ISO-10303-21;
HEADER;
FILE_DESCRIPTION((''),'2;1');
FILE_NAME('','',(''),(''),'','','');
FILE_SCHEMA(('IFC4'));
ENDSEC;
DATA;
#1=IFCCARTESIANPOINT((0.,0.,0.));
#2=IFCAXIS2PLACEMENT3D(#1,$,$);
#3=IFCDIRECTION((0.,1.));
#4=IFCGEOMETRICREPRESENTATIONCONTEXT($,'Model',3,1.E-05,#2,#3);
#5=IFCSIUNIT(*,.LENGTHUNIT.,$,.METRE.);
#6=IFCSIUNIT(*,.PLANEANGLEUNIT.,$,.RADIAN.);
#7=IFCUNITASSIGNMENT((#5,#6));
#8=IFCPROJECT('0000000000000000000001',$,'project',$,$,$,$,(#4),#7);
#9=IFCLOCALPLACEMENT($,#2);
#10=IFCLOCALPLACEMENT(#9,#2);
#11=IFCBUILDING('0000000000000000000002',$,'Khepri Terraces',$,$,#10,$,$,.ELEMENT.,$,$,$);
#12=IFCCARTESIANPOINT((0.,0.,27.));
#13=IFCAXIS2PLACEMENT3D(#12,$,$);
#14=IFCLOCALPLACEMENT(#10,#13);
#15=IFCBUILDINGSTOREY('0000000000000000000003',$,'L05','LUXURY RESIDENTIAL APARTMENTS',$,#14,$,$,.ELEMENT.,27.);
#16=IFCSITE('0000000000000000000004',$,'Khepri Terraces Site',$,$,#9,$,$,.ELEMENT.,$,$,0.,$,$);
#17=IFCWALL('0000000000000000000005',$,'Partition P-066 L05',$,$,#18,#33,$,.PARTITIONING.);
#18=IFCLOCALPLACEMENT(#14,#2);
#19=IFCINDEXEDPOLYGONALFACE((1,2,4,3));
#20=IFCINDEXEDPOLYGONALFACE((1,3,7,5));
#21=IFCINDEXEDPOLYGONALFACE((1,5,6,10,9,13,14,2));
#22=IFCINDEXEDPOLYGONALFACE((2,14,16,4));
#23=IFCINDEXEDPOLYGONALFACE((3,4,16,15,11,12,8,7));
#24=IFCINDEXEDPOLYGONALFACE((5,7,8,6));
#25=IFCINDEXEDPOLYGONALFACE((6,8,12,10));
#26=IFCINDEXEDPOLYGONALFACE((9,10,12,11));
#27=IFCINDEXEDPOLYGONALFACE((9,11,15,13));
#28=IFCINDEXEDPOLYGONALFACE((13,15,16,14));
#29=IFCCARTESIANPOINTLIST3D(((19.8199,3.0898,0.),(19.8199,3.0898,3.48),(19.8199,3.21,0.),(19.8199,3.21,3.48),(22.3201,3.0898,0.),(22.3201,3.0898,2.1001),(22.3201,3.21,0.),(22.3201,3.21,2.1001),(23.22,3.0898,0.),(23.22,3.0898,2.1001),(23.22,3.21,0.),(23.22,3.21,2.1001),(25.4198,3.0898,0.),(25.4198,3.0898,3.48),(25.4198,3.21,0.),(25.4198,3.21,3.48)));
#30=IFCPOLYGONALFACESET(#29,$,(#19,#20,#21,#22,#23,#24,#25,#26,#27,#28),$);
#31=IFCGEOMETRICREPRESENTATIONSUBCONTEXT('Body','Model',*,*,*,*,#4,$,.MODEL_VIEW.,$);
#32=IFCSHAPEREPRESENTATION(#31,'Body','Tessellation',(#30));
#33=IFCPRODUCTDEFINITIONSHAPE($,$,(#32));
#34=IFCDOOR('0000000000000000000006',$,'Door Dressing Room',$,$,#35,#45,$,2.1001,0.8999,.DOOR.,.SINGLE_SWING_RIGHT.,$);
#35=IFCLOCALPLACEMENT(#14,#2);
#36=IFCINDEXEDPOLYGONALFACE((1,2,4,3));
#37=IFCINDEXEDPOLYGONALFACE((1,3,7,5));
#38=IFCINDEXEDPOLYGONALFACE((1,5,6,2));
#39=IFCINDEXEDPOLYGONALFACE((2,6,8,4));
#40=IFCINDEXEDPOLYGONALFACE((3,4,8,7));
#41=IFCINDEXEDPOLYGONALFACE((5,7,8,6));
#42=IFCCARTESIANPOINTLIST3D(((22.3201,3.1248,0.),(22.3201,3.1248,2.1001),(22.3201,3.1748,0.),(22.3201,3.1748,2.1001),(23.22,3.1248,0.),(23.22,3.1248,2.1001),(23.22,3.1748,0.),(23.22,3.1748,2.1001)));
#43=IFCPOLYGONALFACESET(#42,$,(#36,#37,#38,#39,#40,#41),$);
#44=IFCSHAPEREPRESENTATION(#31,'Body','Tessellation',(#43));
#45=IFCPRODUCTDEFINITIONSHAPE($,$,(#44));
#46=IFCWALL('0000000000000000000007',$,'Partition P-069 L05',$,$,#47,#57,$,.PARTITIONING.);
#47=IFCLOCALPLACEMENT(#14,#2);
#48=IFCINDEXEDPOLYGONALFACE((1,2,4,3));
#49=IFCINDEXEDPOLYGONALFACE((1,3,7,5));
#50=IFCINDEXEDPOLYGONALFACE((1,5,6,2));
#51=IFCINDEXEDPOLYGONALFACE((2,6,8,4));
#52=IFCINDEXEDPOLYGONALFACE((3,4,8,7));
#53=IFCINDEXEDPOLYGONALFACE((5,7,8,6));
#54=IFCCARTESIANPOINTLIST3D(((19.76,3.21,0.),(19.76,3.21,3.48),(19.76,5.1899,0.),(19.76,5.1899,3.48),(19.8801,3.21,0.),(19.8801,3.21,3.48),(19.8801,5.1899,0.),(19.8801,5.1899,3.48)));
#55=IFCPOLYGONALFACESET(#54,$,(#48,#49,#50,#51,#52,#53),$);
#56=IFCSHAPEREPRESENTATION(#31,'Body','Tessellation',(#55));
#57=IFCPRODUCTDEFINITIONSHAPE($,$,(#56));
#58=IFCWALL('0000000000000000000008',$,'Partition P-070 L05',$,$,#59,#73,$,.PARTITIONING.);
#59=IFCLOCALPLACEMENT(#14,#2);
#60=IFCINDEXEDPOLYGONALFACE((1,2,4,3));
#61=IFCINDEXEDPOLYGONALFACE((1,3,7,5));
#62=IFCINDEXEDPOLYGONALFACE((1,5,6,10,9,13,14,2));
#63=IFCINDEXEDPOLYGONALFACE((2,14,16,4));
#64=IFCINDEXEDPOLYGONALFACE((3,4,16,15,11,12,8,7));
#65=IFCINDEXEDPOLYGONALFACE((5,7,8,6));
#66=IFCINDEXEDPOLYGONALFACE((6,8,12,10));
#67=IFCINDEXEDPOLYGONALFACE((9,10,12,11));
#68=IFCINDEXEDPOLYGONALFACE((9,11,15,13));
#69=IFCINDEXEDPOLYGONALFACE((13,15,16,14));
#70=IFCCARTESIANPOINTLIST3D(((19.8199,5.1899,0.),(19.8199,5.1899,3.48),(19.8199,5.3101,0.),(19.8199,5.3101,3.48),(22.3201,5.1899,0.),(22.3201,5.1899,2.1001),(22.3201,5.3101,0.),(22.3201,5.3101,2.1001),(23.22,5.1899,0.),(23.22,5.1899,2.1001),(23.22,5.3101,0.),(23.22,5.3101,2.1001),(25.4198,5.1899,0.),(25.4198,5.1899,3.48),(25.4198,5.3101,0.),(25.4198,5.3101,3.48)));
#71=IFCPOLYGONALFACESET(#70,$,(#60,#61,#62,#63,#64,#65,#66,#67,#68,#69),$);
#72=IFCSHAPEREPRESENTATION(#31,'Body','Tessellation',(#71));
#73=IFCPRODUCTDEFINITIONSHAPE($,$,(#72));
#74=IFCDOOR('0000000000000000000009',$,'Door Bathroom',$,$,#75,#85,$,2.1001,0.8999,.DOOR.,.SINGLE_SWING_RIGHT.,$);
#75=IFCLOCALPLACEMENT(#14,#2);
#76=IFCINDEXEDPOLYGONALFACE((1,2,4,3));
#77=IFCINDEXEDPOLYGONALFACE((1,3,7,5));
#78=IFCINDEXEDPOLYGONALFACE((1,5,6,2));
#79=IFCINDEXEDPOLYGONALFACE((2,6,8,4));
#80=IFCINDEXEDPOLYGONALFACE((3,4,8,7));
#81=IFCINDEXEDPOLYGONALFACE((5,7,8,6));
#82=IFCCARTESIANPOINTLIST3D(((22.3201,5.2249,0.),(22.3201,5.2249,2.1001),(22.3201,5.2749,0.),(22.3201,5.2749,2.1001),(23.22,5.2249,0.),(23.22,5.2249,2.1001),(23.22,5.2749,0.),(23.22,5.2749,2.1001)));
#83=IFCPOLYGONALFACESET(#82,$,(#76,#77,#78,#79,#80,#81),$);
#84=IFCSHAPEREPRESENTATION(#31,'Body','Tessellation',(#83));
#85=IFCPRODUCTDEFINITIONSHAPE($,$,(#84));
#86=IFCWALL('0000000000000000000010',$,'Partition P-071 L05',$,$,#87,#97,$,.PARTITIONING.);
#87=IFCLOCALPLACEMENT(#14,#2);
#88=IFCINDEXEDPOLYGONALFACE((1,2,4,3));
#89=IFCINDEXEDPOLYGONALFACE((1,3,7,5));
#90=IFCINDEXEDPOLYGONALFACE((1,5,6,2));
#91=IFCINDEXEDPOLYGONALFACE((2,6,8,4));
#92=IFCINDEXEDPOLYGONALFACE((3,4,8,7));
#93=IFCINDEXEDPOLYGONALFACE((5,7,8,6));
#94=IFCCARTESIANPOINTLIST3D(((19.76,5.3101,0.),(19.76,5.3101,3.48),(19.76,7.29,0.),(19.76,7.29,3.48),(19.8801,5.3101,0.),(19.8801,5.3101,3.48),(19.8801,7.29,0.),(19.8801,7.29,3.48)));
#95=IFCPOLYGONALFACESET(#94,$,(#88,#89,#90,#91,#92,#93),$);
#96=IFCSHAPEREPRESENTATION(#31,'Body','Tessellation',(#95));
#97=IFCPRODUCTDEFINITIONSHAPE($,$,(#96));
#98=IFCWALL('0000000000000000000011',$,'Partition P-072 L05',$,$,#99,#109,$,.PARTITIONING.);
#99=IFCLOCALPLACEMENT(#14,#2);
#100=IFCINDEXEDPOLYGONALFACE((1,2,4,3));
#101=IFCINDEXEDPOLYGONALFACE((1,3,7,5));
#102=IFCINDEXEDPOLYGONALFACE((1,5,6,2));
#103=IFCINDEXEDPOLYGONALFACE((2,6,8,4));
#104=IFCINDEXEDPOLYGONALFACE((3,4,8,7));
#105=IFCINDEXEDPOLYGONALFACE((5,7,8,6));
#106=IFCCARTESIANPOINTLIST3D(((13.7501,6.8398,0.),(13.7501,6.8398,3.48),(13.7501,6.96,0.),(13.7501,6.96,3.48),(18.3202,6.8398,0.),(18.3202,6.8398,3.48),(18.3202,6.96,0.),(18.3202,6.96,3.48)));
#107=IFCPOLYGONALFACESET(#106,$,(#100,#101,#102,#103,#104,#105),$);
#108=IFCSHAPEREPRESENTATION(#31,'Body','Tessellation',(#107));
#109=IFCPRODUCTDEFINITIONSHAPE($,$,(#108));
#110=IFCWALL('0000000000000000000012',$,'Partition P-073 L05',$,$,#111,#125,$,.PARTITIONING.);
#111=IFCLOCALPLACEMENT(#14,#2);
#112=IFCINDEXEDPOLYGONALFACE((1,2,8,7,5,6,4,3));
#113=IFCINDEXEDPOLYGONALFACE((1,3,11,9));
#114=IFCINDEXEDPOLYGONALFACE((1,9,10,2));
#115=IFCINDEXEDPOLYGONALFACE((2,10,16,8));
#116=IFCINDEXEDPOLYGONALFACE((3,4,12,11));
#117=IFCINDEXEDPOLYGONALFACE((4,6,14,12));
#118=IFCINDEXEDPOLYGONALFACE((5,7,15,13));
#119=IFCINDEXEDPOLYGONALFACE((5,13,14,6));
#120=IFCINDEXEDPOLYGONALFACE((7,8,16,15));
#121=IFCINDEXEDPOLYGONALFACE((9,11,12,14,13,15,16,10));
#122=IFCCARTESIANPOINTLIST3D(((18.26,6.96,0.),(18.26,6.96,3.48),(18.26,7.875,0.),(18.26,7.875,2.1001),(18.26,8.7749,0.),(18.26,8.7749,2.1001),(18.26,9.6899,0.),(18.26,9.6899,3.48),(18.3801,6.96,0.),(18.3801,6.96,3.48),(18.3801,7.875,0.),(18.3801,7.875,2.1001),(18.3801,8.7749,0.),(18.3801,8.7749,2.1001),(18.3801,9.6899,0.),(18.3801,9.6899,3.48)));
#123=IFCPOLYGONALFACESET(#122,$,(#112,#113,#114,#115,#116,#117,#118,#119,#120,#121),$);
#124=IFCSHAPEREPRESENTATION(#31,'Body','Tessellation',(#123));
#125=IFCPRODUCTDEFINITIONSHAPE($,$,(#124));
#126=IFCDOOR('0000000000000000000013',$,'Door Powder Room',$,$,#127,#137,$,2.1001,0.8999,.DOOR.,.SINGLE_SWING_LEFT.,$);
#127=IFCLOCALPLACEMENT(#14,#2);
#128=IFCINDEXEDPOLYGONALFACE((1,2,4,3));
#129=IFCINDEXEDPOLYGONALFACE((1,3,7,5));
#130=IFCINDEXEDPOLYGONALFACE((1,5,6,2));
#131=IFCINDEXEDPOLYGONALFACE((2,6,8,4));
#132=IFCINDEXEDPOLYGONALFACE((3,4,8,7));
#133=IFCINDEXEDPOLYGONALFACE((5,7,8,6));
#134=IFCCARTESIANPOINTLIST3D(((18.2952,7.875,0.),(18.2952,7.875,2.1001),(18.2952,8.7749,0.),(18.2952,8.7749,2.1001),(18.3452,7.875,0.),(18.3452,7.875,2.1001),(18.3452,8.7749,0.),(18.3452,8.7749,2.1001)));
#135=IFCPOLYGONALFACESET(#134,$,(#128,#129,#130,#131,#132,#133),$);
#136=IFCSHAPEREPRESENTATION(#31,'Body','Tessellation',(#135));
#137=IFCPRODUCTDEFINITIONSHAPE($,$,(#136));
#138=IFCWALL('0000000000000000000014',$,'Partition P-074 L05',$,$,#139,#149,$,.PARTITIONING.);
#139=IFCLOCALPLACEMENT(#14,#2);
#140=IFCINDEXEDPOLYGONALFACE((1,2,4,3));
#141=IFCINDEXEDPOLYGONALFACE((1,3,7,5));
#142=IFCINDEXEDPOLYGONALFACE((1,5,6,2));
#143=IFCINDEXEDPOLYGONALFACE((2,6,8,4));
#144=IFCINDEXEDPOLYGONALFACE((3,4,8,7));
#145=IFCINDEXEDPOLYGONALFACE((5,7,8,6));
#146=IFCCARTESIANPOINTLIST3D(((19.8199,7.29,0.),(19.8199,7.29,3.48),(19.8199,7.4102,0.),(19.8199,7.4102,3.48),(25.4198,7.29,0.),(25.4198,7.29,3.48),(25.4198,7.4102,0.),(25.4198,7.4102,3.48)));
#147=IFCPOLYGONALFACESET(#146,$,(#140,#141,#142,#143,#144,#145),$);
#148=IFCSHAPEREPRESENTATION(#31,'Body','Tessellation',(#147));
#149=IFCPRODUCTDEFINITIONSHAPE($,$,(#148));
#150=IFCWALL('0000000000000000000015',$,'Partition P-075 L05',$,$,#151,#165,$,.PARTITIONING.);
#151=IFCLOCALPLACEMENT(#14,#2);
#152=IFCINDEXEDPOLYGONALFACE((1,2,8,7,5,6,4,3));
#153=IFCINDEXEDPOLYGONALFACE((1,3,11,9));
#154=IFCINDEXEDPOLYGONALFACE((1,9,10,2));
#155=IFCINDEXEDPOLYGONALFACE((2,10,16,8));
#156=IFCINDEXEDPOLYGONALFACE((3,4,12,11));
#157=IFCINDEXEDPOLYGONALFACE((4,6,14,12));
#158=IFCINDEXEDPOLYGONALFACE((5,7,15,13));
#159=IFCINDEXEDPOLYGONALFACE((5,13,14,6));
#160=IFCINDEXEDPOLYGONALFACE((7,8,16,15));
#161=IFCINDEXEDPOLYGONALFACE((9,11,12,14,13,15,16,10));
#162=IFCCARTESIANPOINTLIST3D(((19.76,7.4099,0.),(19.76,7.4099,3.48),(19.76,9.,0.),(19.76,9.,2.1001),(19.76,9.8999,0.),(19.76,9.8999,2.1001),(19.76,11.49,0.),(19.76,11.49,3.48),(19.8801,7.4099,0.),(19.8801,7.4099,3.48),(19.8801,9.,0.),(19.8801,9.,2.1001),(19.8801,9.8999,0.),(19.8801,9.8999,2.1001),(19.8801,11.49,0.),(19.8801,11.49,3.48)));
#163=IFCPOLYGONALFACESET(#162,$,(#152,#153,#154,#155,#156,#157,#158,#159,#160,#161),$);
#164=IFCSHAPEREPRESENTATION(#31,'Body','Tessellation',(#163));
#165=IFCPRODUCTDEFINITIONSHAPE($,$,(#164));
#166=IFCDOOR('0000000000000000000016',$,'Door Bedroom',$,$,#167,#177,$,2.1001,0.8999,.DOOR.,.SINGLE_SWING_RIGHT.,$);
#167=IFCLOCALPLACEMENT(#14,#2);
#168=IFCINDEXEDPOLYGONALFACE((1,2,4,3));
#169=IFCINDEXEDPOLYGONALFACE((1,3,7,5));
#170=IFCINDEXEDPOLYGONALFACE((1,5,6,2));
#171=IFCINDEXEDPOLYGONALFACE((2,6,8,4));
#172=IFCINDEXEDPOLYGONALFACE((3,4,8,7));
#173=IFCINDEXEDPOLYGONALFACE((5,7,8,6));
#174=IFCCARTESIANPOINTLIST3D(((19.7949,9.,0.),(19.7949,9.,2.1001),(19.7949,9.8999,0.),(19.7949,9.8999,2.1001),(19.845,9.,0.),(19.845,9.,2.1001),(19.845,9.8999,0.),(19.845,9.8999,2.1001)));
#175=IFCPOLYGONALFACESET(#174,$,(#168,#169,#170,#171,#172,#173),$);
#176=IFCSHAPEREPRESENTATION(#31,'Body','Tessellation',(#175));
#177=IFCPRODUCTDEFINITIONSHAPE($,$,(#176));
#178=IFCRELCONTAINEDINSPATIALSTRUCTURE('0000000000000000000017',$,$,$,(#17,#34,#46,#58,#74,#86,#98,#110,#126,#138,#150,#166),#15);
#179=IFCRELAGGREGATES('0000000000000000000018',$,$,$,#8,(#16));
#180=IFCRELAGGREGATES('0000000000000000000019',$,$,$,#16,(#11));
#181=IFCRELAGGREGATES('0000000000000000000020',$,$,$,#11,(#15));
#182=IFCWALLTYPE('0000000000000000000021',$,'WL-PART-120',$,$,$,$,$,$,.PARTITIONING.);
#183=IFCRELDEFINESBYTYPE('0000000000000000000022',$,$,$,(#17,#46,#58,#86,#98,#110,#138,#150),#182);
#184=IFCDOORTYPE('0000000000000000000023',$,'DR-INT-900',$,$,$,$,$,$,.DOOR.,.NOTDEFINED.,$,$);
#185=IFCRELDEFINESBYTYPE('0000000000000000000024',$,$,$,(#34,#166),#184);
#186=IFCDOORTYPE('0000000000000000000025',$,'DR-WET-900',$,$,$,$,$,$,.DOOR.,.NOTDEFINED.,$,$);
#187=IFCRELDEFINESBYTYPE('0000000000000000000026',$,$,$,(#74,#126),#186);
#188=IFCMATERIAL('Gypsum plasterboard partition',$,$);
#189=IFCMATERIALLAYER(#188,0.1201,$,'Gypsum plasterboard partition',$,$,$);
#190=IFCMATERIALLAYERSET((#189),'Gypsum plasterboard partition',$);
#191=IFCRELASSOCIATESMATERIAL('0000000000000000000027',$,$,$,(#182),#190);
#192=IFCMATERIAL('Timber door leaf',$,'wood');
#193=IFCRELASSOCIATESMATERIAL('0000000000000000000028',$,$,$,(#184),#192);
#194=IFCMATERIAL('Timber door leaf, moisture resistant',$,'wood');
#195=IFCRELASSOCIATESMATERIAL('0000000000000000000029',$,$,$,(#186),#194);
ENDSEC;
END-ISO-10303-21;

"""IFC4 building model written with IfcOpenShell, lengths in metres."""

from ifc_helpers import new_model, si_unit, direction, frame, frame_2d, origin, place, context, subcontext, project, spatial, rectangle, extrude, material, layer, layer_set, type_object, element, fill, save


model = new_model("IFC4")

# Units and contexts
model_context = context("Model", 3, precision=1e-05, world=origin(), true_north=direction((0.0, 1.0)))
body_context = subcontext(model_context, "Body", "Model", "MODEL_VIEW")
ifc_project = project(units=[si_unit("LENGTHUNIT", "METRE"), si_unit("PLANEANGLEUNIT", "RADIAN")], contexts=[model_context])

# Site, building, storey
site_placement = place(None, origin())
site = spatial("IfcSite", under=ifc_project, at=site_placement, Name="Khepri Terraces Site", CompositionType="ELEMENT", RefElevation=0.0)
building_placement = place(site_placement, origin())
building = spatial("IfcBuilding", under=site, at=building_placement, Name="Khepri Terraces", CompositionType="ELEMENT")
storey_placement = place(building_placement, frame((0.0, 0.0, 27.0)))
storey = spatial("IfcBuildingStorey", under=building, at=storey_placement, Name="L05", Description="LUXURY RESIDENTIAL APARTMENTS", CompositionType="ELEMENT", Elevation=27.0)

# Shared definitions
ifc_material_1 = material(Name="Gypsum plasterboard partition")
ifc_layer_1 = layer(ifc_material_1, 0.1201, Name="Gypsum plasterboard partition")
ifc_layer_set_1 = layer_set([ifc_layer_1], Name="Gypsum plasterboard partition")
wall_type_1 = type_object("IfcWallType", Name="WL-PART-120", PredefinedType="PARTITIONING", material=ifc_layer_set_1)

# Wall, opening, door
ifc_material_2 = material(Name="Timber door leaf", Category="wood")
door_type_1 = type_object("IfcDoorType", Name="DR-INT-900", OperationType="NOTDEFINED", PredefinedType="DOOR", material=ifc_material_2)
wall_1_placement = place(storey_placement, frame((19.8201, 3.1499, 0.0), z_axis=(0.0, 0.0, 1.0), x_axis=(1.0, 0.0, 0.0)))
wall_1 = element("IfcWall", 1, at=wall_1_placement, inside=storey, type_object=wall_type_1, Name="Partition P-066 L05", PredefinedType="PARTITIONING", context=body_context, shape_type="SweptSolid", body=[
    extrude(rectangle(XDim=5.5999, YDim=0.1201, at=frame_2d((2.7998, 0.0))), origin(), (0.0, 0.0, 1.0), 3.48),
])
opening_1_placement = place(wall_1_placement, frame((2.5, 0.0, 0.0)))
opening_1 = element("IfcOpeningElement", 2, at=opening_1_placement, cuts=wall_1, PredefinedType="OPENING", context=body_context, shape_type="SweptSolid", body=[
    extrude(rectangle(XDim=0.8999, YDim=2.1001, at=frame_2d((0.45, 1.05))), frame((0.0, 0.0701, 0.0), z_axis=(0.0, -1.0, 0.0), x_axis=(1.0, 0.0, 0.0)), (0.0, 0.0, 1.0), 0.1401),
])
door_1_placement = place(opening_1_placement, origin())
door_1 = element("IfcDoor", 3, at=door_1_placement, inside=storey, type_object=door_type_1, Name="Door Dressing Room", OperationType="SINGLE_SWING_RIGHT", OverallHeight=2.1001, OverallWidth=0.8999, PredefinedType="DOOR", context=body_context, shape_type="SweptSolid", body=[
    extrude(rectangle(XDim=0.8999, YDim=2.1001, at=frame_2d((0.45, 1.05))), frame((0.0, 0.0249, 0.0), z_axis=(0.0, -1.0, 0.0), x_axis=(1.0, 0.0, 0.0)), (0.0, 0.0, 1.0), 0.05),
])
fill(opening_1, door_1)

# Wall
wall_2_placement = place(storey_placement, frame((19.8201, 3.21, 0.0), z_axis=(0.0, 0.0, 1.0), x_axis=(0.0, 1.0, 0.0)))
element("IfcWall", 4, at=wall_2_placement, inside=storey, type_object=wall_type_1, Name="Partition P-069 L05", PredefinedType="PARTITIONING", context=body_context, shape_type="SweptSolid", body=[
    extrude(rectangle(XDim=1.98, YDim=0.1201, at=frame_2d((0.99, 0.0))), origin(), (0.0, 0.0, 1.0), 3.48),
])

# Wall, opening, door
wall_3_placement = place(storey_placement, frame((19.8201, 5.25, 0.0), z_axis=(0.0, 0.0, 1.0), x_axis=(1.0, 0.0, 0.0)))
wall_3 = element("IfcWall", 5, at=wall_3_placement, inside=storey, type_object=wall_type_1, Name="Partition P-070 L05", PredefinedType="PARTITIONING", context=body_context, shape_type="SweptSolid", body=[
    extrude(rectangle(XDim=5.5999, YDim=0.1201, at=frame_2d((2.7998, 0.0))), origin(), (0.0, 0.0, 1.0), 3.48),
])
opening_2_placement = place(wall_3_placement, frame((2.5, 0.0, 0.0)))
opening_2 = element("IfcOpeningElement", 6, at=opening_2_placement, cuts=wall_3, PredefinedType="OPENING", context=body_context, shape_type="SweptSolid", body=[
    extrude(rectangle(XDim=0.8999, YDim=2.1001, at=frame_2d((0.45, 1.05))), frame((0.0, 0.0701, 0.0), z_axis=(0.0, -1.0, 0.0), x_axis=(1.0, 0.0, 0.0)), (0.0, 0.0, 1.0), 0.1401),
])
ifc_material_3 = material(Name="Timber door leaf, moisture resistant", Category="wood")
door_type_2 = type_object("IfcDoorType", Name="DR-WET-900", OperationType="NOTDEFINED", PredefinedType="DOOR", material=ifc_material_3)
door_2_placement = place(opening_2_placement, origin())
door_2 = element("IfcDoor", 7, at=door_2_placement, inside=storey, type_object=door_type_2, Name="Door Bathroom", OperationType="SINGLE_SWING_RIGHT", OverallHeight=2.1001, OverallWidth=0.8999, PredefinedType="DOOR", context=body_context, shape_type="SweptSolid", body=[
    extrude(rectangle(XDim=0.8999, YDim=2.1001, at=frame_2d((0.45, 1.05))), frame((0.0, 0.0249, 0.0), z_axis=(0.0, -1.0, 0.0), x_axis=(1.0, 0.0, 0.0)), (0.0, 0.0, 1.0), 0.05),
])
fill(opening_2, door_2)

# Walls
wall_4_placement = place(storey_placement, frame((19.8201, 5.3101, 0.0), z_axis=(0.0, 0.0, 1.0), x_axis=(0.0, 1.0, 0.0)))
element("IfcWall", 8, at=wall_4_placement, inside=storey, type_object=wall_type_1, Name="Partition P-071 L05", PredefinedType="PARTITIONING", context=body_context, shape_type="SweptSolid", body=[
    extrude(rectangle(XDim=1.98, YDim=0.1201, at=frame_2d((0.99, 0.0))), origin(), (0.0, 0.0, 1.0), 3.48),
])
wall_5_placement = place(storey_placement, frame((13.75, 6.8999, 0.0), z_axis=(0.0, 0.0, 1.0), x_axis=(1.0, 0.0, 0.0)))
element("IfcWall", 9, at=wall_5_placement, inside=storey, type_object=wall_type_1, Name="Partition P-072 L05", PredefinedType="PARTITIONING", context=body_context, shape_type="SweptSolid", body=[
    extrude(rectangle(XDim=4.5701, YDim=0.1201, at=frame_2d((2.2852, 0.0))), origin(), (0.0, 0.0, 1.0), 3.48),
])

# Wall, opening, door
wall_6_placement = place(storey_placement, frame((18.3201, 6.96, 0.0), z_axis=(0.0, 0.0, 1.0), x_axis=(0.0, 1.0, 0.0)))
wall_6 = element("IfcWall", 10, at=wall_6_placement, inside=storey, type_object=wall_type_1, Name="Partition P-073 L05", PredefinedType="PARTITIONING", context=body_context, shape_type="SweptSolid", body=[
    extrude(rectangle(XDim=2.73, YDim=0.1201, at=frame_2d((1.365, 0.0))), origin(), (0.0, 0.0, 1.0), 3.48),
])
opening_3_placement = place(wall_6_placement, frame((0.915, 0.0, 0.0)))
opening_3 = element("IfcOpeningElement", 11, at=opening_3_placement, cuts=wall_6, PredefinedType="OPENING", context=body_context, shape_type="SweptSolid", body=[
    extrude(rectangle(XDim=0.8999, YDim=2.1001, at=frame_2d((0.45, 1.05))), frame((0.0, 0.0701, 0.0), z_axis=(0.0, -1.0, 0.0), x_axis=(1.0, 0.0, 0.0)), (0.0, 0.0, 1.0), 0.1401),
])
door_3_placement = place(opening_3_placement, origin())
door_3 = element("IfcDoor", 12, at=door_3_placement, inside=storey, type_object=door_type_2, Name="Door Powder Room", OperationType="SINGLE_SWING_LEFT", OverallHeight=2.1001, OverallWidth=0.8999, PredefinedType="DOOR", context=body_context, shape_type="SweptSolid", body=[
    extrude(rectangle(XDim=0.8999, YDim=2.1001, at=frame_2d((0.45, 1.05))), frame((0.0, 0.0249, 0.0), z_axis=(0.0, -1.0, 0.0), x_axis=(1.0, 0.0, 0.0)), (0.0, 0.0, 1.0), 0.05),
])
fill(opening_3, door_3)

# Wall
wall_7_placement = place(storey_placement, frame((19.8201, 7.3501, 0.0), z_axis=(0.0, 0.0, 1.0), x_axis=(1.0, 0.0, 0.0)))
element("IfcWall", 13, at=wall_7_placement, inside=storey, type_object=wall_type_1, Name="Partition P-074 L05", PredefinedType="PARTITIONING", context=body_context, shape_type="SweptSolid", body=[
    extrude(rectangle(XDim=5.5999, YDim=0.1201, at=frame_2d((2.7998, 0.0))), origin(), (0.0, 0.0, 1.0), 3.48),
])

# Wall, opening, door
wall_8_placement = place(storey_placement, frame((19.8201, 7.4099, 0.0), z_axis=(0.0, 0.0, 1.0), x_axis=(0.0, 1.0, 0.0)))
wall_8 = element("IfcWall", 14, at=wall_8_placement, inside=storey, type_object=wall_type_1, Name="Partition P-075 L05", PredefinedType="PARTITIONING", context=body_context, shape_type="SweptSolid", body=[
    extrude(rectangle(XDim=4.0801, YDim=0.1201, at=frame_2d((2.04, 0.0))), origin(), (0.0, 0.0, 1.0), 3.48),
])
opening_4_placement = place(wall_8_placement, frame((1.5901, 0.0, 0.0)))
opening_4 = element("IfcOpeningElement", 15, at=opening_4_placement, cuts=wall_8, PredefinedType="OPENING", context=body_context, shape_type="SweptSolid", body=[
    extrude(rectangle(XDim=0.8999, YDim=2.1001, at=frame_2d((0.45, 1.05))), frame((0.0, 0.0701, 0.0), z_axis=(0.0, -1.0, 0.0), x_axis=(1.0, 0.0, 0.0)), (0.0, 0.0, 1.0), 0.1401),
])
door_4_placement = place(opening_4_placement, frame((0.8999, 0.0, 0.0), z_axis=(0.0, 0.0, 1.0), x_axis=(-1.0, 0.0, 0.0)))
door_4 = element("IfcDoor", 16, at=door_4_placement, inside=storey, type_object=door_type_1, Name="Door Bedroom", OperationType="SINGLE_SWING_RIGHT", OverallHeight=2.1001, OverallWidth=0.8999, PredefinedType="DOOR", context=body_context, shape_type="SweptSolid", body=[
    extrude(rectangle(XDim=0.8999, YDim=2.1001, at=frame_2d((0.45, 1.05))), frame((0.0, 0.0249, 0.0), z_axis=(0.0, -1.0, 0.0), x_axis=(1.0, 0.0, 0.0)), (0.0, 0.0, 1.0), 0.05),
])
fill(opening_4, door_4)

save(model, "model.ifc")
